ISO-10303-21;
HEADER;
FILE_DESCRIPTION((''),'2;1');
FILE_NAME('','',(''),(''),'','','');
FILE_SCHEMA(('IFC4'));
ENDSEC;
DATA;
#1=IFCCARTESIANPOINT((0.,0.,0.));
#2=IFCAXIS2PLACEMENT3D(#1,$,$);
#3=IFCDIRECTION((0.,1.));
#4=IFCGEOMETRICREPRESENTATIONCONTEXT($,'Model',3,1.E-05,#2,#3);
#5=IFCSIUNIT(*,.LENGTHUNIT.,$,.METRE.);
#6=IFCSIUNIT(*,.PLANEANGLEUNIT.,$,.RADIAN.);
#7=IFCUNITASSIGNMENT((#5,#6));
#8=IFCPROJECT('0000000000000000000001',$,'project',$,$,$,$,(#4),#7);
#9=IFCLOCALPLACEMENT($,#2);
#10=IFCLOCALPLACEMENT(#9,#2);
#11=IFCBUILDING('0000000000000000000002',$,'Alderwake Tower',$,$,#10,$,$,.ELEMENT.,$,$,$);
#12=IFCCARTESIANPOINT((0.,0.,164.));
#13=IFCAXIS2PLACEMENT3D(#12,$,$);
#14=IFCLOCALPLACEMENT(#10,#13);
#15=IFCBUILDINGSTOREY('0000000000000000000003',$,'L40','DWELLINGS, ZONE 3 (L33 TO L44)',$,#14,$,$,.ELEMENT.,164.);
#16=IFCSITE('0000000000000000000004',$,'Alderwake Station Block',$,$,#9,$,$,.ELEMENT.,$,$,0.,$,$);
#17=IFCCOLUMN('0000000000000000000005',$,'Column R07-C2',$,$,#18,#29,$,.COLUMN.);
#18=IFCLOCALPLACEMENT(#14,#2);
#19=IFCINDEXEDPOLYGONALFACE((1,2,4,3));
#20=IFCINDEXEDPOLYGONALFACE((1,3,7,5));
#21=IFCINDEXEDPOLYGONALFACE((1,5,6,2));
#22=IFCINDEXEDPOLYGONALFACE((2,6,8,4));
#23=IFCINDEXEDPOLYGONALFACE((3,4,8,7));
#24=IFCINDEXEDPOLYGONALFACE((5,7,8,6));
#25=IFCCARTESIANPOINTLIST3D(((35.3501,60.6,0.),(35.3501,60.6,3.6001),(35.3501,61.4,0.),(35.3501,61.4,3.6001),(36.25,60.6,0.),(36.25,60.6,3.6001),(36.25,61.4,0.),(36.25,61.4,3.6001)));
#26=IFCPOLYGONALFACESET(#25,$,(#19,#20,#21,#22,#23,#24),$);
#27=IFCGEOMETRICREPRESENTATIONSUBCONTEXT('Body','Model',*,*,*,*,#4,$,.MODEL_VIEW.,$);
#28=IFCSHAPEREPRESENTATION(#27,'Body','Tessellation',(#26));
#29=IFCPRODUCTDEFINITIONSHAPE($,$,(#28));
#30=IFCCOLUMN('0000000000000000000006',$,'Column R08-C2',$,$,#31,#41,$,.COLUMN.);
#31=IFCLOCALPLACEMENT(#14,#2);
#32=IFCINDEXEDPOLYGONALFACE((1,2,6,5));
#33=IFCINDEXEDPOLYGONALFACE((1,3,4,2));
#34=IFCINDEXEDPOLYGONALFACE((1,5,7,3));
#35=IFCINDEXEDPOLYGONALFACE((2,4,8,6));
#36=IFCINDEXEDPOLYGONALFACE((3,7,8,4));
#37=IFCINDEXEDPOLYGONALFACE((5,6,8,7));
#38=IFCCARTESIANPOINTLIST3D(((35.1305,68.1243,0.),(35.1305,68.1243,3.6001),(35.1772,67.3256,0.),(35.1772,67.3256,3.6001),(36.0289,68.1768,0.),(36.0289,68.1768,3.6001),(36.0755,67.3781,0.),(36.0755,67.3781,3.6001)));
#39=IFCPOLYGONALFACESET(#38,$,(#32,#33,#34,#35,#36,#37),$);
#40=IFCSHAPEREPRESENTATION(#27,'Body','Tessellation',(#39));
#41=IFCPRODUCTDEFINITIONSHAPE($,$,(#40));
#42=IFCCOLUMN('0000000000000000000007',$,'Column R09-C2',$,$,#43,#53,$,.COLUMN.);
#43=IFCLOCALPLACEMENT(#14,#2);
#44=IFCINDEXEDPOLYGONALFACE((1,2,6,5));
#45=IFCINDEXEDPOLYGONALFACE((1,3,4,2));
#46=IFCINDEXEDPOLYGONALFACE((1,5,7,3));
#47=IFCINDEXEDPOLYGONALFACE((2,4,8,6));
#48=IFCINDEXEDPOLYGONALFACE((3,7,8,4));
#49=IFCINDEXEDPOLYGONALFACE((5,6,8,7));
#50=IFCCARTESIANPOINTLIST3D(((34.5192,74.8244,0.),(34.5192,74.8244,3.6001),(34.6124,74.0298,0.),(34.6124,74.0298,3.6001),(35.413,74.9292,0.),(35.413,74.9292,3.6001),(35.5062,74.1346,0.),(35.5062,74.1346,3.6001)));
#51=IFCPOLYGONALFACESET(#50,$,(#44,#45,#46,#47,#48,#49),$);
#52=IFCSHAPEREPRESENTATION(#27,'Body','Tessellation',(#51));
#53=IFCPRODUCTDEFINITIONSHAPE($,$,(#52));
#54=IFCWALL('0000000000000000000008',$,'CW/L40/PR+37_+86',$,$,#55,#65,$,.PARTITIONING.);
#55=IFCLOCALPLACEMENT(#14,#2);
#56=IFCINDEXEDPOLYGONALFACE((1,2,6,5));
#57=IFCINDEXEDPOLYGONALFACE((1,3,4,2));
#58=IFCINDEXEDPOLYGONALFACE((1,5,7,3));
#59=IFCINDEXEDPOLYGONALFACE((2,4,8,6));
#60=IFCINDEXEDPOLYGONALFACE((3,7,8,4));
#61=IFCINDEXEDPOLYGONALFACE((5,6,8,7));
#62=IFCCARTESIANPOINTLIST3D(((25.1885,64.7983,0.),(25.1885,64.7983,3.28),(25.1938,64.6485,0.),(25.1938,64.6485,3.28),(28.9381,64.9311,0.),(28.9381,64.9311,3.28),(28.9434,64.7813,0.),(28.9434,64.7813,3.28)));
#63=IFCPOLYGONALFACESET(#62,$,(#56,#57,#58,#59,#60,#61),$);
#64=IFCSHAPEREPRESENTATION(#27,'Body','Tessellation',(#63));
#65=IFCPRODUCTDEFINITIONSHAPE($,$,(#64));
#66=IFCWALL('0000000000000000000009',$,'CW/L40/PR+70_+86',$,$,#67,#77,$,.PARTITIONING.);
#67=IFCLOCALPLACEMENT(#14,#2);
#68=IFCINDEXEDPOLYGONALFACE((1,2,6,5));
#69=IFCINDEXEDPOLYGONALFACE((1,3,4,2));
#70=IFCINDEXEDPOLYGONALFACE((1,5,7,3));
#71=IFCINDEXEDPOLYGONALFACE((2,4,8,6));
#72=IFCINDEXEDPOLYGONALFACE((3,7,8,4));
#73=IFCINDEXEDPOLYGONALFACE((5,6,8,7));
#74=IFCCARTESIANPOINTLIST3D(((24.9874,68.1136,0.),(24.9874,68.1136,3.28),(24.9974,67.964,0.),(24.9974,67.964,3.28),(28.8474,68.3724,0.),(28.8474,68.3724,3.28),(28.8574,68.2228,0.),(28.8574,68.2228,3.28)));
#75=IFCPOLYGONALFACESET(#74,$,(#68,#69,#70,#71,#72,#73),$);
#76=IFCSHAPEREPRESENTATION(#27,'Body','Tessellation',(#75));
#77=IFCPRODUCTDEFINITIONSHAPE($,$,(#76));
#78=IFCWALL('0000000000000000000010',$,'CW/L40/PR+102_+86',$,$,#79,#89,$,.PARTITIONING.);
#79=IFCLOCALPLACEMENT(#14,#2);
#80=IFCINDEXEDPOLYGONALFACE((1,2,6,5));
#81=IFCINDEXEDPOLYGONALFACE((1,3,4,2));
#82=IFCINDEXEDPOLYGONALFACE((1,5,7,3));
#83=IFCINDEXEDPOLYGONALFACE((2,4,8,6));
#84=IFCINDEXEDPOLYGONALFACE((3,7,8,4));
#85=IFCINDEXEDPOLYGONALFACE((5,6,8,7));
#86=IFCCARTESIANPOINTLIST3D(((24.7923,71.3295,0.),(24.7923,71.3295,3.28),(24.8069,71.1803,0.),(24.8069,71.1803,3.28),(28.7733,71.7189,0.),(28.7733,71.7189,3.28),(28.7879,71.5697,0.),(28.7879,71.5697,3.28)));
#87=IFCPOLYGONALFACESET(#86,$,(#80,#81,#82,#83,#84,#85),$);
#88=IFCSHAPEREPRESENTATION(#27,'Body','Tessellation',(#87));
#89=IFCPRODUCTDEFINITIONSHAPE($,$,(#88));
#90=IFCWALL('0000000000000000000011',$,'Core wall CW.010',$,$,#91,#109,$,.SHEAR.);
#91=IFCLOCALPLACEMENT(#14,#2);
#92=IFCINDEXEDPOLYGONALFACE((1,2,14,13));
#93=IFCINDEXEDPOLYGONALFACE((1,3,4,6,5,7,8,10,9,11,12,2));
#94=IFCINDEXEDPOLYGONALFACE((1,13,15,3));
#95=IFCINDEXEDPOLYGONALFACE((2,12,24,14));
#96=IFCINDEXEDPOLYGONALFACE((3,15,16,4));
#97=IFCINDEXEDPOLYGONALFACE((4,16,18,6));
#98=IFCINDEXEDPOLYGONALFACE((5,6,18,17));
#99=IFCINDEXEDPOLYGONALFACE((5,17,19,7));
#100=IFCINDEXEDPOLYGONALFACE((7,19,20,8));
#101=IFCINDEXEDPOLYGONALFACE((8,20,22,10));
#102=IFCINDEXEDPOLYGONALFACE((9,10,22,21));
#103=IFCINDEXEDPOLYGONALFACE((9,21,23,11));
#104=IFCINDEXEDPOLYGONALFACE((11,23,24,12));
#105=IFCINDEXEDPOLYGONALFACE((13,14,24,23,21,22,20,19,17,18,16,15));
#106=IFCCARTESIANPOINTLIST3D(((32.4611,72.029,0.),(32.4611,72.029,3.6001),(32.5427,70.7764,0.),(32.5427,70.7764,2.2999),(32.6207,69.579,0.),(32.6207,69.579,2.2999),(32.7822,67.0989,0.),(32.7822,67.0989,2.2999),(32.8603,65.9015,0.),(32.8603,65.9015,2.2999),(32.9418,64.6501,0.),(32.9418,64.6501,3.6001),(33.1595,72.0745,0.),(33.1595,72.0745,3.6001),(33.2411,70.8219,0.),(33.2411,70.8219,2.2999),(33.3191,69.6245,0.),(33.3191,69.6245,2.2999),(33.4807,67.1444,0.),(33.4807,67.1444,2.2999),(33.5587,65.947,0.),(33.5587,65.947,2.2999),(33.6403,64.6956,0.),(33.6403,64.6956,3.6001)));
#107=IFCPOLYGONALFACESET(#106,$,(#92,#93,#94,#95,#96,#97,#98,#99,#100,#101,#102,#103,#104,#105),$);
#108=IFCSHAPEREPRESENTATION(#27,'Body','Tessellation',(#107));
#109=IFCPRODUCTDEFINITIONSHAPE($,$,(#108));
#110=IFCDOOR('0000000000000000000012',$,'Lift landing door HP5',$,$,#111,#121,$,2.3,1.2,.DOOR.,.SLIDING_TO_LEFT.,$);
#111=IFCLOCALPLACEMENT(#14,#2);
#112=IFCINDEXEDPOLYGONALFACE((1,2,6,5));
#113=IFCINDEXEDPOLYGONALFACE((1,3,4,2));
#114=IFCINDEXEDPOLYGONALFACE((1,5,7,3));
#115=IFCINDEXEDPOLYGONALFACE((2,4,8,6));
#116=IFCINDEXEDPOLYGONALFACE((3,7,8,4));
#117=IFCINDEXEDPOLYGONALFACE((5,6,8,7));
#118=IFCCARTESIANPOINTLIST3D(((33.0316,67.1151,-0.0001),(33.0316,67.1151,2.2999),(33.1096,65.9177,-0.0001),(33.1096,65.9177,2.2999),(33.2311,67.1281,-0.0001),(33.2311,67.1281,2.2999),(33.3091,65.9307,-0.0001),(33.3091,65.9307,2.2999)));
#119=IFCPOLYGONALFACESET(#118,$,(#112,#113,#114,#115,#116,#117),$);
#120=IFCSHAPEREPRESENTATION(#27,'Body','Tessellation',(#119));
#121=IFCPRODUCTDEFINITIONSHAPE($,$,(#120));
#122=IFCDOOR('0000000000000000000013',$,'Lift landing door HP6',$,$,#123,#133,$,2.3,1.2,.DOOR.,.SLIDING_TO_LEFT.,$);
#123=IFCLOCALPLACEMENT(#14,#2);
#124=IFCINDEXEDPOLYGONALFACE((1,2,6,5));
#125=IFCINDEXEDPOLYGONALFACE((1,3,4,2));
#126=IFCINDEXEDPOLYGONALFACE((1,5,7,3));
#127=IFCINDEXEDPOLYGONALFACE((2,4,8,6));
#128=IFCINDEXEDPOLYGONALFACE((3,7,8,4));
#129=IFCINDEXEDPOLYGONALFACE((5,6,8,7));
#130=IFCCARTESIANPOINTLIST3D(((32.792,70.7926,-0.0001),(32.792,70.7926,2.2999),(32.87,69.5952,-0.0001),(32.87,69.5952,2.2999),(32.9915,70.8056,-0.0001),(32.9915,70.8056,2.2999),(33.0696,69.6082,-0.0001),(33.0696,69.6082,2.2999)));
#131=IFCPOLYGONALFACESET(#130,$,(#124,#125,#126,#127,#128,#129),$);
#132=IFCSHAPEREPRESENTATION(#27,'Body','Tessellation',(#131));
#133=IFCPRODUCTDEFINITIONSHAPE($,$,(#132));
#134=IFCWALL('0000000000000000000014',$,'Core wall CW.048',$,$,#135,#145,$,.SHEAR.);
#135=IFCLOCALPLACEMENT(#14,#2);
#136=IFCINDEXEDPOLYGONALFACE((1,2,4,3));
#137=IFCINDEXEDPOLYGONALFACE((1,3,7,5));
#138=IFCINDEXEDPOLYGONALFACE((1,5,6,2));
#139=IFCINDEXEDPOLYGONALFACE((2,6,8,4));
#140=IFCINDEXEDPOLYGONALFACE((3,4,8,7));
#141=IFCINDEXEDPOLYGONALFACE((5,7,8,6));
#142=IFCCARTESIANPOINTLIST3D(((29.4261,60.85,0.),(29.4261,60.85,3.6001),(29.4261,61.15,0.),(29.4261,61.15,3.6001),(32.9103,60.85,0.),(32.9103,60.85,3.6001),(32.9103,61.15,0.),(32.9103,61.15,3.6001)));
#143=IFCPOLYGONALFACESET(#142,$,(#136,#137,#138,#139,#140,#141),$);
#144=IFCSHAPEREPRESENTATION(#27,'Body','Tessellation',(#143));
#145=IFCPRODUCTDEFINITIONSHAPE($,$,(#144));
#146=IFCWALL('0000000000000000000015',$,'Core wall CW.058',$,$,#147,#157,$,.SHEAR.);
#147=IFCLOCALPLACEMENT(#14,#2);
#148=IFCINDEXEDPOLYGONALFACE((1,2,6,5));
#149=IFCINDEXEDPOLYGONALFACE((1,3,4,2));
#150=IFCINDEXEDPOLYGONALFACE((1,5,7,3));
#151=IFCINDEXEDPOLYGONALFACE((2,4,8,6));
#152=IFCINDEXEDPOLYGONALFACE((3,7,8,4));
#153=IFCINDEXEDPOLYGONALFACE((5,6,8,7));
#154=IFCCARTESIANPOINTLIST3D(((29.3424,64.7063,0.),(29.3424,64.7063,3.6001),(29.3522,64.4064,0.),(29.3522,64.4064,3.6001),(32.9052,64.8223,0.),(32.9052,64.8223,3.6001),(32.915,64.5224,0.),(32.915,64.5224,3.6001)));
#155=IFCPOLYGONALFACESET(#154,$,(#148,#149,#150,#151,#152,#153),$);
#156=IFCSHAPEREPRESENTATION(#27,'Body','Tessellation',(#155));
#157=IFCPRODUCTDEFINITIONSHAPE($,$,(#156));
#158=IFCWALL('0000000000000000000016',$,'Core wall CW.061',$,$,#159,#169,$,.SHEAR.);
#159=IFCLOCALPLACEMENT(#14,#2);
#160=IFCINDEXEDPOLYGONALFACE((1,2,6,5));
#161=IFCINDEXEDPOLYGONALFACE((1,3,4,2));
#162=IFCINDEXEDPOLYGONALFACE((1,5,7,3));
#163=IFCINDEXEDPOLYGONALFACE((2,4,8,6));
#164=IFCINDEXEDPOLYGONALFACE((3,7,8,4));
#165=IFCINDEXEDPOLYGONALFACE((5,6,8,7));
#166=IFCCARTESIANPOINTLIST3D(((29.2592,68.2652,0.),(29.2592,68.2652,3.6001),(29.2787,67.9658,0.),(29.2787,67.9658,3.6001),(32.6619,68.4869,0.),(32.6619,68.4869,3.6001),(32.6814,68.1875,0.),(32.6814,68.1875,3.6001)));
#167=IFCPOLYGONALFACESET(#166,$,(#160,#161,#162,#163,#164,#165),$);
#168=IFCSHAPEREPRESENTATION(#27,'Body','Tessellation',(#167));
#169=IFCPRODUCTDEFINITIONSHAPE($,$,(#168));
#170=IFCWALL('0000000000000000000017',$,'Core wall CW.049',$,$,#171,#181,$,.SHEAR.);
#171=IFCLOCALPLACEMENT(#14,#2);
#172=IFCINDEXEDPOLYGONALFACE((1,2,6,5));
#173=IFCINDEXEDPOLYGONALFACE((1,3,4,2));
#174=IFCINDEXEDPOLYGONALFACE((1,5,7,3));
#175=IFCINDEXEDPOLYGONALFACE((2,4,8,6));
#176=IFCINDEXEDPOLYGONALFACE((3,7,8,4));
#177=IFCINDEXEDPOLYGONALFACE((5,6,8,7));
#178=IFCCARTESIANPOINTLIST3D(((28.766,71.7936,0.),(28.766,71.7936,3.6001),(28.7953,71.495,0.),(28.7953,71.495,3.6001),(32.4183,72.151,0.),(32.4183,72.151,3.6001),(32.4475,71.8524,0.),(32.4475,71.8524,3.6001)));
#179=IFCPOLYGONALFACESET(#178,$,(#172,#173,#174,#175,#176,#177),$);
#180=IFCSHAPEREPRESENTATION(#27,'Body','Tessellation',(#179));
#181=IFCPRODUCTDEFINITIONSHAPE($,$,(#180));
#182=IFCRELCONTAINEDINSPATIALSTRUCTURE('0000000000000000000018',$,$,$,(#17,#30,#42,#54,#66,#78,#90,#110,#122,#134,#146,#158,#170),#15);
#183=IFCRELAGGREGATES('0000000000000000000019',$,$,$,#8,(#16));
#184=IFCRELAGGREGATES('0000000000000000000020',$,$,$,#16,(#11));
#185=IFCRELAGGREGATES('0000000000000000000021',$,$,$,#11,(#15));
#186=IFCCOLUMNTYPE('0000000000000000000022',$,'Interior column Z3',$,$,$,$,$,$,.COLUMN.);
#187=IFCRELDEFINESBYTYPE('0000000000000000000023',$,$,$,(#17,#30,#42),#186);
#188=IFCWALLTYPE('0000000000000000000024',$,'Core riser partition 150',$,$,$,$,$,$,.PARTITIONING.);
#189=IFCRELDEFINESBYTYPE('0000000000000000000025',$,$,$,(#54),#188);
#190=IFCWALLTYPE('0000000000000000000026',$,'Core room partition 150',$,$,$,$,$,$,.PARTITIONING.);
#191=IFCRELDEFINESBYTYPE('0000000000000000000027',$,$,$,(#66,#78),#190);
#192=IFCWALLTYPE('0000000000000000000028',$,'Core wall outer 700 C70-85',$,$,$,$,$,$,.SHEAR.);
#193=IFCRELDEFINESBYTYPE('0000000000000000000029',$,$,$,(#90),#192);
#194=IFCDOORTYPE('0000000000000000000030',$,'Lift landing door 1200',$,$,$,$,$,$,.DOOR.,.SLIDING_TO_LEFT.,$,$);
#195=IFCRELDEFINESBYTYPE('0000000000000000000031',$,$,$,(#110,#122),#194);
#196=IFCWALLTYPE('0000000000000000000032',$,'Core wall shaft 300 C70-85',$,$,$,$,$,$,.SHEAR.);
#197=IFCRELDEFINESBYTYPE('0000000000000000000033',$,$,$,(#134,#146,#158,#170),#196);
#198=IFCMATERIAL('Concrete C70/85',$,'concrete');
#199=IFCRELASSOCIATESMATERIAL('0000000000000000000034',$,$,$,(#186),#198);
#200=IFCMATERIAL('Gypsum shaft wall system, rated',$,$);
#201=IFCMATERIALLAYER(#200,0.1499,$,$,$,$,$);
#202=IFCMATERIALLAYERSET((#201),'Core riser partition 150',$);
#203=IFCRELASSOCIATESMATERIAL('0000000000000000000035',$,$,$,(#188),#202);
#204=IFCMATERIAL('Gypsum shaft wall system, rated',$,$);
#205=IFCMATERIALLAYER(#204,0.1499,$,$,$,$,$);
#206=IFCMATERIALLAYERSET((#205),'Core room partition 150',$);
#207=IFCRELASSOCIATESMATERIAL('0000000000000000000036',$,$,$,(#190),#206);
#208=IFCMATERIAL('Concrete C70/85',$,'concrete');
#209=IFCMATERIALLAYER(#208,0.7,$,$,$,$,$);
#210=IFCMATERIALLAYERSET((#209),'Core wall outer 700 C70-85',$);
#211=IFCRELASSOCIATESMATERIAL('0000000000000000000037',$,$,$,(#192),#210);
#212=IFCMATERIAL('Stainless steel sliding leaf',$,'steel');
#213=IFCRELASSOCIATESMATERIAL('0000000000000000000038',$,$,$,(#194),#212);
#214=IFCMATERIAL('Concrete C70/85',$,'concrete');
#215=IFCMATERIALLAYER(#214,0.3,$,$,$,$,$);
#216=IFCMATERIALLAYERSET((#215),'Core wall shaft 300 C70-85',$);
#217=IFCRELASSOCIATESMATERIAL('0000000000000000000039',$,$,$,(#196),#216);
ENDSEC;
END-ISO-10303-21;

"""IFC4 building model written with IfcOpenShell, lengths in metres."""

from ifc_helpers import new_model, si_unit, direction, frame, frame_2d, origin, origin_2d, place, context, subcontext, project, spatial, rectangle, extrude, material, layer, layer_set, material_profile, profile_set, type_object, element, fill, save


model = new_model("IFC4")

# Units and contexts
model_context = context("Model", 3, precision=1e-05, world=origin(), true_north=direction((0.0, 1.0)))
body_context = subcontext(model_context, "Body", "Model", "MODEL_VIEW")
ifc_project = project(units=[si_unit("LENGTHUNIT", "METRE"), si_unit("PLANEANGLEUNIT", "RADIAN")], contexts=[model_context])

# Site, building, storey
site_placement = place(None, origin())
site = spatial("IfcSite", under=ifc_project, at=site_placement, Name="Alderwake Station Block", CompositionType="ELEMENT", RefElevation=0.0)
building_placement = place(site_placement, origin())
building = spatial("IfcBuilding", under=site, at=building_placement, Name="Alderwake Tower", CompositionType="ELEMENT")
storey_placement = place(building_placement, frame((0.0, 0.0, 164.0)))
storey = spatial("IfcBuildingStorey", under=building, at=storey_placement, Name="L40", Description="DWELLINGS, ZONE 3 (L33 TO L44)", CompositionType="ELEMENT", Elevation=164.0)

# Columns
ifc_material_1 = material(Name="Concrete C70/85", Category="concrete")
ifc_material_profile = material_profile(ifc_material_1, rectangle(XDim=0.8, YDim=0.8999, at=origin_2d()), Name="RC 900X800")
ifc_profile_set = profile_set([ifc_material_profile], Name="Concrete C70/85")
column_type = type_object("IfcColumnType", Name="Interior column Z3", PredefinedType="COLUMN", material=ifc_profile_set)
for number, where, z_axis, x_axis, name in (
    (1, (35.8, 61.0, 0.0), (0.0, 0.0, 1.0), (0.0, 1.0, 0.0), "Column R07-C2"),
    (2, (35.603, 67.7512, 0.0), (0.0, 0.0, 1.0), (-0.058301, 0.998299, 0.0), "Column R08-C2"),
    (3, (35.0127, 74.4795, 0.0), (0.0, 0.0, 1.0), (-0.116402, 0.993202, 0.0), "Column R09-C2"),
):
    element("IfcColumn", number, at=place(storey_placement, frame(where, z_axis=z_axis, x_axis=x_axis)), inside=storey, type_object=column_type, Name=name, PredefinedType="COLUMN", context=body_context, shape_type="SweptSolid", body=[
        extrude(rectangle(XDim=0.8, YDim=0.8999, at=origin_2d()), origin(), (0.0, 0.0, 1.0), 3.6001),
    ])

# Walls
ifc_material_2 = material(Name="Gypsum shaft wall system, rated")
ifc_layer_1 = layer(ifc_material_2, 0.1499)
ifc_layer_set_1 = layer_set([ifc_layer_1], Name="Core riser partition 150")
wall_type_1 = type_object("IfcWallType", Name="Core riser partition 150", PredefinedType="PARTITIONING", material=ifc_layer_set_1)
wall_1_placement = place(storey_placement, frame((25.1912, 64.7234, 0.0), z_axis=(0.0, 0.0, 1.0), x_axis=(0.999373, 0.035399, 0.0)))
element("IfcWall", 4, at=wall_1_placement, inside=storey, type_object=wall_type_1, Name="CW/L40/PR+37_+86", PredefinedType="PARTITIONING", context=body_context, shape_type="SweptSolid", body=[
    extrude(rectangle(XDim=3.752, YDim=0.1499, at=frame_2d((1.876, 0.0))), origin(), (0.0, 0.0, 1.0), 3.28),
])
ifc_material_3 = material(Name="Gypsum shaft wall system, rated")
ifc_layer_2 = layer(ifc_material_3, 0.1499)
ifc_layer_set_2 = layer_set([ifc_layer_2], Name="Core room partition 150")
wall_type_2 = type_object("IfcWallType", Name="Core room partition 150", PredefinedType="PARTITIONING", material=ifc_layer_set_2)
wall_2_placement = place(storey_placement, frame((24.9924, 68.0388, 0.0), z_axis=(0.0, 0.0, 1.0), x_axis=(0.99776, 0.066892, 0.0)))
element("IfcWall", 5, at=wall_2_placement, inside=storey, type_object=wall_type_2, Name="CW/L40/PR+70_+86", PredefinedType="PARTITIONING", context=body_context, shape_type="SweptSolid", body=[
    extrude(rectangle(XDim=3.8687, YDim=0.1499, at=frame_2d((1.9343, 0.0))), origin(), (0.0, 0.0, 1.0), 3.28),
])
wall_3_placement = place(storey_placement, frame((24.7996, 71.2549, 0.0), z_axis=(0.0, 0.0, 1.0), x_axis=(0.99525, 0.097352, 0.0)))
element("IfcWall", 6, at=wall_3_placement, inside=storey, type_object=wall_type_2, Name="CW/L40/PR+102_+86", PredefinedType="PARTITIONING", context=body_context, shape_type="SweptSolid", body=[
    extrude(rectangle(XDim=4.0, YDim=0.1499, at=frame_2d((2.0, 0.0))), origin(), (0.0, 0.0, 1.0), 3.28),
])

# Wall, openings, doors
ifc_material_4 = material(Name="Concrete C70/85", Category="concrete")
ifc_layer_3 = layer(ifc_material_4, 0.7)
ifc_layer_set_3 = layer_set([ifc_layer_3], Name="Core wall outer 700 C70-85")
wall_type_3 = type_object("IfcWallType", Name="Core wall outer 700 C70-85", PredefinedType="SHEAR", material=ifc_layer_set_3)
wall_4_placement = place(storey_placement, frame((33.291, 64.6729, 0.0), z_axis=(0.0, 0.0, 1.0), x_axis=(-0.065009, 0.997885, 0.0)))
wall_4 = element("IfcWall", 7, at=wall_4_placement, inside=storey, type_object=wall_type_3, Name="Core wall CW.010", PredefinedType="SHEAR", context=body_context, shape_type="SweptSolid", body=[
    extrude(rectangle(XDim=7.3945, YDim=0.7, at=frame_2d((3.6973, 0.0))), origin(), (0.0, 0.0, 1.0), 3.6001),
])
opening_1_placement = place(wall_4_placement, frame((1.2539, 0.0, 0.0)))
opening_1 = element("IfcOpeningElement", 8, at=opening_1_placement, cuts=wall_4, PredefinedType="OPENING", context=body_context, shape_type="SweptSolid", body=[
    extrude(rectangle(XDim=1.2, YDim=2.3, at=frame_2d((0.6001, 1.1499))), frame((0.0, 0.3599, 0.0), z_axis=(0.0, -1.0, 0.0), x_axis=(1.0, 0.0, 0.0)), (0.0, 0.0, 1.0), 0.72),
])
opening_2_placement = place(wall_4_placement, frame((4.9392, 0.0, 0.0)))
opening_2 = element("IfcOpeningElement", 9, at=opening_2_placement, cuts=wall_4, PredefinedType="OPENING", context=body_context, shape_type="SweptSolid", body=[
    extrude(rectangle(XDim=1.2, YDim=2.3, at=frame_2d((0.6001, 1.1499))), frame((0.0, 0.3599, 0.0), z_axis=(0.0, -1.0, 0.0), x_axis=(1.0, 0.0, 0.0)), (0.0, 0.0, 1.0), 0.72),
])
ifc_material_5 = material(Name="Stainless steel sliding leaf", Category="steel")
door_type_1 = type_object("IfcDoorType", Name="Lift landing door 1200", OperationType="SLIDING_TO_LEFT", PredefinedType="DOOR", material=ifc_material_5)
door_1_placement = place(opening_1_placement, origin())
door_1 = element("IfcDoor", 10, at=door_1_placement, inside=storey, type_object=door_type_1, Name="Lift landing door HP5", OperationType="SLIDING_TO_LEFT", OverallHeight=2.3, OverallWidth=1.2, PredefinedType="DOOR", context=body_context, shape_type="SweptSolid", body=[
    extrude(rectangle(XDim=1.2, YDim=2.3, at=frame_2d((0.6001, 1.1499))), frame((0.0, 0.1001, 0.0), z_axis=(0.0, -1.0, 0.0), x_axis=(1.0, 0.0, 0.0)), (0.0, 0.0, 1.0), 0.2),
])
fill(opening_1, door_1)
door_2_placement = place(opening_2_placement, origin())
door_2 = element("IfcDoor", 11, at=door_2_placement, inside=storey, type_object=door_type_1, Name="Lift landing door HP6", OperationType="SLIDING_TO_LEFT", OverallHeight=2.3, OverallWidth=1.2, PredefinedType="DOOR", context=body_context, shape_type="SweptSolid", body=[
    extrude(rectangle(XDim=1.2, YDim=2.3, at=frame_2d((0.6001, 1.1499))), frame((0.0, 0.1001, 0.0), z_axis=(0.0, -1.0, 0.0), x_axis=(1.0, 0.0, 0.0)), (0.0, 0.0, 1.0), 0.2),
])
fill(opening_2, door_2)

# Walls
ifc_material_6 = material(Name="Concrete C70/85", Category="concrete")
ifc_layer_4 = layer(ifc_material_6, 0.3)
ifc_layer_set_4 = layer_set([ifc_layer_4], Name="Core wall shaft 300 C70-85")
wall_type_4 = type_object("IfcWallType", Name="Core wall shaft 300 C70-85", PredefinedType="SHEAR", material=ifc_layer_set_4)
wall_5_placement = place(storey_placement, frame((29.426, 61.0, 0.0), z_axis=(0.0, 0.0, 1.0), x_axis=(1.0, 0.0, 0.0)))
element("IfcWall", 12, at=wall_5_placement, inside=storey, type_object=wall_type_4, Name="Core wall CW.048", PredefinedType="SHEAR", context=body_context, shape_type="SweptSolid", body=[
    extrude(rectangle(XDim=3.4841, YDim=0.3, at=frame_2d((1.7422, 0.0))), origin(), (0.0, 0.0, 1.0), 3.6001),
])
wall_6_placement = place(storey_placement, frame((29.3474, 64.5564, 0.0), z_axis=(0.0, 0.0, 1.0), x_axis=(0.999471, 0.032533, 0.0)))
element("IfcWall", 13, at=wall_6_placement, inside=storey, type_object=wall_type_4, Name="Core wall CW.058", PredefinedType="SHEAR", context=body_context, shape_type="SweptSolid", body=[
    extrude(rectangle(XDim=3.5647, YDim=0.3, at=frame_2d((1.7822, 0.0))), origin(), (0.0, 0.0, 1.0), 3.6001),
])
wall_7_placement = place(storey_placement, frame((29.2688, 68.1155, 0.0), z_axis=(0.0, 0.0, 1.0), x_axis=(0.997884, 0.065012, 0.0)))
element("IfcWall", 14, at=wall_7_placement, inside=storey, type_object=wall_type_4, Name="Core wall CW.061", PredefinedType="SHEAR", context=body_context, shape_type="SweptSolid", body=[
    extrude(rectangle(XDim=3.4099, YDim=0.3, at=frame_2d((1.7051, 0.0))), origin(), (0.0, 0.0, 1.0), 3.6001),
])
wall_8_placement = place(storey_placement, frame((28.7805, 71.6443, 0.0), z_axis=(0.0, 0.0, 1.0), x_axis=(0.995246, 0.097396, 0.0)))
element("IfcWall", 15, at=wall_8_placement, inside=storey, type_object=wall_type_4, Name="Core wall CW.049", PredefinedType="SHEAR", context=body_context, shape_type="SweptSolid", body=[
    extrude(rectangle(XDim=3.6697, YDim=0.3, at=frame_2d((1.835, 0.0))), origin(), (0.0, 0.0, 1.0), 3.6001),
])

save(model, "model.ifc")
